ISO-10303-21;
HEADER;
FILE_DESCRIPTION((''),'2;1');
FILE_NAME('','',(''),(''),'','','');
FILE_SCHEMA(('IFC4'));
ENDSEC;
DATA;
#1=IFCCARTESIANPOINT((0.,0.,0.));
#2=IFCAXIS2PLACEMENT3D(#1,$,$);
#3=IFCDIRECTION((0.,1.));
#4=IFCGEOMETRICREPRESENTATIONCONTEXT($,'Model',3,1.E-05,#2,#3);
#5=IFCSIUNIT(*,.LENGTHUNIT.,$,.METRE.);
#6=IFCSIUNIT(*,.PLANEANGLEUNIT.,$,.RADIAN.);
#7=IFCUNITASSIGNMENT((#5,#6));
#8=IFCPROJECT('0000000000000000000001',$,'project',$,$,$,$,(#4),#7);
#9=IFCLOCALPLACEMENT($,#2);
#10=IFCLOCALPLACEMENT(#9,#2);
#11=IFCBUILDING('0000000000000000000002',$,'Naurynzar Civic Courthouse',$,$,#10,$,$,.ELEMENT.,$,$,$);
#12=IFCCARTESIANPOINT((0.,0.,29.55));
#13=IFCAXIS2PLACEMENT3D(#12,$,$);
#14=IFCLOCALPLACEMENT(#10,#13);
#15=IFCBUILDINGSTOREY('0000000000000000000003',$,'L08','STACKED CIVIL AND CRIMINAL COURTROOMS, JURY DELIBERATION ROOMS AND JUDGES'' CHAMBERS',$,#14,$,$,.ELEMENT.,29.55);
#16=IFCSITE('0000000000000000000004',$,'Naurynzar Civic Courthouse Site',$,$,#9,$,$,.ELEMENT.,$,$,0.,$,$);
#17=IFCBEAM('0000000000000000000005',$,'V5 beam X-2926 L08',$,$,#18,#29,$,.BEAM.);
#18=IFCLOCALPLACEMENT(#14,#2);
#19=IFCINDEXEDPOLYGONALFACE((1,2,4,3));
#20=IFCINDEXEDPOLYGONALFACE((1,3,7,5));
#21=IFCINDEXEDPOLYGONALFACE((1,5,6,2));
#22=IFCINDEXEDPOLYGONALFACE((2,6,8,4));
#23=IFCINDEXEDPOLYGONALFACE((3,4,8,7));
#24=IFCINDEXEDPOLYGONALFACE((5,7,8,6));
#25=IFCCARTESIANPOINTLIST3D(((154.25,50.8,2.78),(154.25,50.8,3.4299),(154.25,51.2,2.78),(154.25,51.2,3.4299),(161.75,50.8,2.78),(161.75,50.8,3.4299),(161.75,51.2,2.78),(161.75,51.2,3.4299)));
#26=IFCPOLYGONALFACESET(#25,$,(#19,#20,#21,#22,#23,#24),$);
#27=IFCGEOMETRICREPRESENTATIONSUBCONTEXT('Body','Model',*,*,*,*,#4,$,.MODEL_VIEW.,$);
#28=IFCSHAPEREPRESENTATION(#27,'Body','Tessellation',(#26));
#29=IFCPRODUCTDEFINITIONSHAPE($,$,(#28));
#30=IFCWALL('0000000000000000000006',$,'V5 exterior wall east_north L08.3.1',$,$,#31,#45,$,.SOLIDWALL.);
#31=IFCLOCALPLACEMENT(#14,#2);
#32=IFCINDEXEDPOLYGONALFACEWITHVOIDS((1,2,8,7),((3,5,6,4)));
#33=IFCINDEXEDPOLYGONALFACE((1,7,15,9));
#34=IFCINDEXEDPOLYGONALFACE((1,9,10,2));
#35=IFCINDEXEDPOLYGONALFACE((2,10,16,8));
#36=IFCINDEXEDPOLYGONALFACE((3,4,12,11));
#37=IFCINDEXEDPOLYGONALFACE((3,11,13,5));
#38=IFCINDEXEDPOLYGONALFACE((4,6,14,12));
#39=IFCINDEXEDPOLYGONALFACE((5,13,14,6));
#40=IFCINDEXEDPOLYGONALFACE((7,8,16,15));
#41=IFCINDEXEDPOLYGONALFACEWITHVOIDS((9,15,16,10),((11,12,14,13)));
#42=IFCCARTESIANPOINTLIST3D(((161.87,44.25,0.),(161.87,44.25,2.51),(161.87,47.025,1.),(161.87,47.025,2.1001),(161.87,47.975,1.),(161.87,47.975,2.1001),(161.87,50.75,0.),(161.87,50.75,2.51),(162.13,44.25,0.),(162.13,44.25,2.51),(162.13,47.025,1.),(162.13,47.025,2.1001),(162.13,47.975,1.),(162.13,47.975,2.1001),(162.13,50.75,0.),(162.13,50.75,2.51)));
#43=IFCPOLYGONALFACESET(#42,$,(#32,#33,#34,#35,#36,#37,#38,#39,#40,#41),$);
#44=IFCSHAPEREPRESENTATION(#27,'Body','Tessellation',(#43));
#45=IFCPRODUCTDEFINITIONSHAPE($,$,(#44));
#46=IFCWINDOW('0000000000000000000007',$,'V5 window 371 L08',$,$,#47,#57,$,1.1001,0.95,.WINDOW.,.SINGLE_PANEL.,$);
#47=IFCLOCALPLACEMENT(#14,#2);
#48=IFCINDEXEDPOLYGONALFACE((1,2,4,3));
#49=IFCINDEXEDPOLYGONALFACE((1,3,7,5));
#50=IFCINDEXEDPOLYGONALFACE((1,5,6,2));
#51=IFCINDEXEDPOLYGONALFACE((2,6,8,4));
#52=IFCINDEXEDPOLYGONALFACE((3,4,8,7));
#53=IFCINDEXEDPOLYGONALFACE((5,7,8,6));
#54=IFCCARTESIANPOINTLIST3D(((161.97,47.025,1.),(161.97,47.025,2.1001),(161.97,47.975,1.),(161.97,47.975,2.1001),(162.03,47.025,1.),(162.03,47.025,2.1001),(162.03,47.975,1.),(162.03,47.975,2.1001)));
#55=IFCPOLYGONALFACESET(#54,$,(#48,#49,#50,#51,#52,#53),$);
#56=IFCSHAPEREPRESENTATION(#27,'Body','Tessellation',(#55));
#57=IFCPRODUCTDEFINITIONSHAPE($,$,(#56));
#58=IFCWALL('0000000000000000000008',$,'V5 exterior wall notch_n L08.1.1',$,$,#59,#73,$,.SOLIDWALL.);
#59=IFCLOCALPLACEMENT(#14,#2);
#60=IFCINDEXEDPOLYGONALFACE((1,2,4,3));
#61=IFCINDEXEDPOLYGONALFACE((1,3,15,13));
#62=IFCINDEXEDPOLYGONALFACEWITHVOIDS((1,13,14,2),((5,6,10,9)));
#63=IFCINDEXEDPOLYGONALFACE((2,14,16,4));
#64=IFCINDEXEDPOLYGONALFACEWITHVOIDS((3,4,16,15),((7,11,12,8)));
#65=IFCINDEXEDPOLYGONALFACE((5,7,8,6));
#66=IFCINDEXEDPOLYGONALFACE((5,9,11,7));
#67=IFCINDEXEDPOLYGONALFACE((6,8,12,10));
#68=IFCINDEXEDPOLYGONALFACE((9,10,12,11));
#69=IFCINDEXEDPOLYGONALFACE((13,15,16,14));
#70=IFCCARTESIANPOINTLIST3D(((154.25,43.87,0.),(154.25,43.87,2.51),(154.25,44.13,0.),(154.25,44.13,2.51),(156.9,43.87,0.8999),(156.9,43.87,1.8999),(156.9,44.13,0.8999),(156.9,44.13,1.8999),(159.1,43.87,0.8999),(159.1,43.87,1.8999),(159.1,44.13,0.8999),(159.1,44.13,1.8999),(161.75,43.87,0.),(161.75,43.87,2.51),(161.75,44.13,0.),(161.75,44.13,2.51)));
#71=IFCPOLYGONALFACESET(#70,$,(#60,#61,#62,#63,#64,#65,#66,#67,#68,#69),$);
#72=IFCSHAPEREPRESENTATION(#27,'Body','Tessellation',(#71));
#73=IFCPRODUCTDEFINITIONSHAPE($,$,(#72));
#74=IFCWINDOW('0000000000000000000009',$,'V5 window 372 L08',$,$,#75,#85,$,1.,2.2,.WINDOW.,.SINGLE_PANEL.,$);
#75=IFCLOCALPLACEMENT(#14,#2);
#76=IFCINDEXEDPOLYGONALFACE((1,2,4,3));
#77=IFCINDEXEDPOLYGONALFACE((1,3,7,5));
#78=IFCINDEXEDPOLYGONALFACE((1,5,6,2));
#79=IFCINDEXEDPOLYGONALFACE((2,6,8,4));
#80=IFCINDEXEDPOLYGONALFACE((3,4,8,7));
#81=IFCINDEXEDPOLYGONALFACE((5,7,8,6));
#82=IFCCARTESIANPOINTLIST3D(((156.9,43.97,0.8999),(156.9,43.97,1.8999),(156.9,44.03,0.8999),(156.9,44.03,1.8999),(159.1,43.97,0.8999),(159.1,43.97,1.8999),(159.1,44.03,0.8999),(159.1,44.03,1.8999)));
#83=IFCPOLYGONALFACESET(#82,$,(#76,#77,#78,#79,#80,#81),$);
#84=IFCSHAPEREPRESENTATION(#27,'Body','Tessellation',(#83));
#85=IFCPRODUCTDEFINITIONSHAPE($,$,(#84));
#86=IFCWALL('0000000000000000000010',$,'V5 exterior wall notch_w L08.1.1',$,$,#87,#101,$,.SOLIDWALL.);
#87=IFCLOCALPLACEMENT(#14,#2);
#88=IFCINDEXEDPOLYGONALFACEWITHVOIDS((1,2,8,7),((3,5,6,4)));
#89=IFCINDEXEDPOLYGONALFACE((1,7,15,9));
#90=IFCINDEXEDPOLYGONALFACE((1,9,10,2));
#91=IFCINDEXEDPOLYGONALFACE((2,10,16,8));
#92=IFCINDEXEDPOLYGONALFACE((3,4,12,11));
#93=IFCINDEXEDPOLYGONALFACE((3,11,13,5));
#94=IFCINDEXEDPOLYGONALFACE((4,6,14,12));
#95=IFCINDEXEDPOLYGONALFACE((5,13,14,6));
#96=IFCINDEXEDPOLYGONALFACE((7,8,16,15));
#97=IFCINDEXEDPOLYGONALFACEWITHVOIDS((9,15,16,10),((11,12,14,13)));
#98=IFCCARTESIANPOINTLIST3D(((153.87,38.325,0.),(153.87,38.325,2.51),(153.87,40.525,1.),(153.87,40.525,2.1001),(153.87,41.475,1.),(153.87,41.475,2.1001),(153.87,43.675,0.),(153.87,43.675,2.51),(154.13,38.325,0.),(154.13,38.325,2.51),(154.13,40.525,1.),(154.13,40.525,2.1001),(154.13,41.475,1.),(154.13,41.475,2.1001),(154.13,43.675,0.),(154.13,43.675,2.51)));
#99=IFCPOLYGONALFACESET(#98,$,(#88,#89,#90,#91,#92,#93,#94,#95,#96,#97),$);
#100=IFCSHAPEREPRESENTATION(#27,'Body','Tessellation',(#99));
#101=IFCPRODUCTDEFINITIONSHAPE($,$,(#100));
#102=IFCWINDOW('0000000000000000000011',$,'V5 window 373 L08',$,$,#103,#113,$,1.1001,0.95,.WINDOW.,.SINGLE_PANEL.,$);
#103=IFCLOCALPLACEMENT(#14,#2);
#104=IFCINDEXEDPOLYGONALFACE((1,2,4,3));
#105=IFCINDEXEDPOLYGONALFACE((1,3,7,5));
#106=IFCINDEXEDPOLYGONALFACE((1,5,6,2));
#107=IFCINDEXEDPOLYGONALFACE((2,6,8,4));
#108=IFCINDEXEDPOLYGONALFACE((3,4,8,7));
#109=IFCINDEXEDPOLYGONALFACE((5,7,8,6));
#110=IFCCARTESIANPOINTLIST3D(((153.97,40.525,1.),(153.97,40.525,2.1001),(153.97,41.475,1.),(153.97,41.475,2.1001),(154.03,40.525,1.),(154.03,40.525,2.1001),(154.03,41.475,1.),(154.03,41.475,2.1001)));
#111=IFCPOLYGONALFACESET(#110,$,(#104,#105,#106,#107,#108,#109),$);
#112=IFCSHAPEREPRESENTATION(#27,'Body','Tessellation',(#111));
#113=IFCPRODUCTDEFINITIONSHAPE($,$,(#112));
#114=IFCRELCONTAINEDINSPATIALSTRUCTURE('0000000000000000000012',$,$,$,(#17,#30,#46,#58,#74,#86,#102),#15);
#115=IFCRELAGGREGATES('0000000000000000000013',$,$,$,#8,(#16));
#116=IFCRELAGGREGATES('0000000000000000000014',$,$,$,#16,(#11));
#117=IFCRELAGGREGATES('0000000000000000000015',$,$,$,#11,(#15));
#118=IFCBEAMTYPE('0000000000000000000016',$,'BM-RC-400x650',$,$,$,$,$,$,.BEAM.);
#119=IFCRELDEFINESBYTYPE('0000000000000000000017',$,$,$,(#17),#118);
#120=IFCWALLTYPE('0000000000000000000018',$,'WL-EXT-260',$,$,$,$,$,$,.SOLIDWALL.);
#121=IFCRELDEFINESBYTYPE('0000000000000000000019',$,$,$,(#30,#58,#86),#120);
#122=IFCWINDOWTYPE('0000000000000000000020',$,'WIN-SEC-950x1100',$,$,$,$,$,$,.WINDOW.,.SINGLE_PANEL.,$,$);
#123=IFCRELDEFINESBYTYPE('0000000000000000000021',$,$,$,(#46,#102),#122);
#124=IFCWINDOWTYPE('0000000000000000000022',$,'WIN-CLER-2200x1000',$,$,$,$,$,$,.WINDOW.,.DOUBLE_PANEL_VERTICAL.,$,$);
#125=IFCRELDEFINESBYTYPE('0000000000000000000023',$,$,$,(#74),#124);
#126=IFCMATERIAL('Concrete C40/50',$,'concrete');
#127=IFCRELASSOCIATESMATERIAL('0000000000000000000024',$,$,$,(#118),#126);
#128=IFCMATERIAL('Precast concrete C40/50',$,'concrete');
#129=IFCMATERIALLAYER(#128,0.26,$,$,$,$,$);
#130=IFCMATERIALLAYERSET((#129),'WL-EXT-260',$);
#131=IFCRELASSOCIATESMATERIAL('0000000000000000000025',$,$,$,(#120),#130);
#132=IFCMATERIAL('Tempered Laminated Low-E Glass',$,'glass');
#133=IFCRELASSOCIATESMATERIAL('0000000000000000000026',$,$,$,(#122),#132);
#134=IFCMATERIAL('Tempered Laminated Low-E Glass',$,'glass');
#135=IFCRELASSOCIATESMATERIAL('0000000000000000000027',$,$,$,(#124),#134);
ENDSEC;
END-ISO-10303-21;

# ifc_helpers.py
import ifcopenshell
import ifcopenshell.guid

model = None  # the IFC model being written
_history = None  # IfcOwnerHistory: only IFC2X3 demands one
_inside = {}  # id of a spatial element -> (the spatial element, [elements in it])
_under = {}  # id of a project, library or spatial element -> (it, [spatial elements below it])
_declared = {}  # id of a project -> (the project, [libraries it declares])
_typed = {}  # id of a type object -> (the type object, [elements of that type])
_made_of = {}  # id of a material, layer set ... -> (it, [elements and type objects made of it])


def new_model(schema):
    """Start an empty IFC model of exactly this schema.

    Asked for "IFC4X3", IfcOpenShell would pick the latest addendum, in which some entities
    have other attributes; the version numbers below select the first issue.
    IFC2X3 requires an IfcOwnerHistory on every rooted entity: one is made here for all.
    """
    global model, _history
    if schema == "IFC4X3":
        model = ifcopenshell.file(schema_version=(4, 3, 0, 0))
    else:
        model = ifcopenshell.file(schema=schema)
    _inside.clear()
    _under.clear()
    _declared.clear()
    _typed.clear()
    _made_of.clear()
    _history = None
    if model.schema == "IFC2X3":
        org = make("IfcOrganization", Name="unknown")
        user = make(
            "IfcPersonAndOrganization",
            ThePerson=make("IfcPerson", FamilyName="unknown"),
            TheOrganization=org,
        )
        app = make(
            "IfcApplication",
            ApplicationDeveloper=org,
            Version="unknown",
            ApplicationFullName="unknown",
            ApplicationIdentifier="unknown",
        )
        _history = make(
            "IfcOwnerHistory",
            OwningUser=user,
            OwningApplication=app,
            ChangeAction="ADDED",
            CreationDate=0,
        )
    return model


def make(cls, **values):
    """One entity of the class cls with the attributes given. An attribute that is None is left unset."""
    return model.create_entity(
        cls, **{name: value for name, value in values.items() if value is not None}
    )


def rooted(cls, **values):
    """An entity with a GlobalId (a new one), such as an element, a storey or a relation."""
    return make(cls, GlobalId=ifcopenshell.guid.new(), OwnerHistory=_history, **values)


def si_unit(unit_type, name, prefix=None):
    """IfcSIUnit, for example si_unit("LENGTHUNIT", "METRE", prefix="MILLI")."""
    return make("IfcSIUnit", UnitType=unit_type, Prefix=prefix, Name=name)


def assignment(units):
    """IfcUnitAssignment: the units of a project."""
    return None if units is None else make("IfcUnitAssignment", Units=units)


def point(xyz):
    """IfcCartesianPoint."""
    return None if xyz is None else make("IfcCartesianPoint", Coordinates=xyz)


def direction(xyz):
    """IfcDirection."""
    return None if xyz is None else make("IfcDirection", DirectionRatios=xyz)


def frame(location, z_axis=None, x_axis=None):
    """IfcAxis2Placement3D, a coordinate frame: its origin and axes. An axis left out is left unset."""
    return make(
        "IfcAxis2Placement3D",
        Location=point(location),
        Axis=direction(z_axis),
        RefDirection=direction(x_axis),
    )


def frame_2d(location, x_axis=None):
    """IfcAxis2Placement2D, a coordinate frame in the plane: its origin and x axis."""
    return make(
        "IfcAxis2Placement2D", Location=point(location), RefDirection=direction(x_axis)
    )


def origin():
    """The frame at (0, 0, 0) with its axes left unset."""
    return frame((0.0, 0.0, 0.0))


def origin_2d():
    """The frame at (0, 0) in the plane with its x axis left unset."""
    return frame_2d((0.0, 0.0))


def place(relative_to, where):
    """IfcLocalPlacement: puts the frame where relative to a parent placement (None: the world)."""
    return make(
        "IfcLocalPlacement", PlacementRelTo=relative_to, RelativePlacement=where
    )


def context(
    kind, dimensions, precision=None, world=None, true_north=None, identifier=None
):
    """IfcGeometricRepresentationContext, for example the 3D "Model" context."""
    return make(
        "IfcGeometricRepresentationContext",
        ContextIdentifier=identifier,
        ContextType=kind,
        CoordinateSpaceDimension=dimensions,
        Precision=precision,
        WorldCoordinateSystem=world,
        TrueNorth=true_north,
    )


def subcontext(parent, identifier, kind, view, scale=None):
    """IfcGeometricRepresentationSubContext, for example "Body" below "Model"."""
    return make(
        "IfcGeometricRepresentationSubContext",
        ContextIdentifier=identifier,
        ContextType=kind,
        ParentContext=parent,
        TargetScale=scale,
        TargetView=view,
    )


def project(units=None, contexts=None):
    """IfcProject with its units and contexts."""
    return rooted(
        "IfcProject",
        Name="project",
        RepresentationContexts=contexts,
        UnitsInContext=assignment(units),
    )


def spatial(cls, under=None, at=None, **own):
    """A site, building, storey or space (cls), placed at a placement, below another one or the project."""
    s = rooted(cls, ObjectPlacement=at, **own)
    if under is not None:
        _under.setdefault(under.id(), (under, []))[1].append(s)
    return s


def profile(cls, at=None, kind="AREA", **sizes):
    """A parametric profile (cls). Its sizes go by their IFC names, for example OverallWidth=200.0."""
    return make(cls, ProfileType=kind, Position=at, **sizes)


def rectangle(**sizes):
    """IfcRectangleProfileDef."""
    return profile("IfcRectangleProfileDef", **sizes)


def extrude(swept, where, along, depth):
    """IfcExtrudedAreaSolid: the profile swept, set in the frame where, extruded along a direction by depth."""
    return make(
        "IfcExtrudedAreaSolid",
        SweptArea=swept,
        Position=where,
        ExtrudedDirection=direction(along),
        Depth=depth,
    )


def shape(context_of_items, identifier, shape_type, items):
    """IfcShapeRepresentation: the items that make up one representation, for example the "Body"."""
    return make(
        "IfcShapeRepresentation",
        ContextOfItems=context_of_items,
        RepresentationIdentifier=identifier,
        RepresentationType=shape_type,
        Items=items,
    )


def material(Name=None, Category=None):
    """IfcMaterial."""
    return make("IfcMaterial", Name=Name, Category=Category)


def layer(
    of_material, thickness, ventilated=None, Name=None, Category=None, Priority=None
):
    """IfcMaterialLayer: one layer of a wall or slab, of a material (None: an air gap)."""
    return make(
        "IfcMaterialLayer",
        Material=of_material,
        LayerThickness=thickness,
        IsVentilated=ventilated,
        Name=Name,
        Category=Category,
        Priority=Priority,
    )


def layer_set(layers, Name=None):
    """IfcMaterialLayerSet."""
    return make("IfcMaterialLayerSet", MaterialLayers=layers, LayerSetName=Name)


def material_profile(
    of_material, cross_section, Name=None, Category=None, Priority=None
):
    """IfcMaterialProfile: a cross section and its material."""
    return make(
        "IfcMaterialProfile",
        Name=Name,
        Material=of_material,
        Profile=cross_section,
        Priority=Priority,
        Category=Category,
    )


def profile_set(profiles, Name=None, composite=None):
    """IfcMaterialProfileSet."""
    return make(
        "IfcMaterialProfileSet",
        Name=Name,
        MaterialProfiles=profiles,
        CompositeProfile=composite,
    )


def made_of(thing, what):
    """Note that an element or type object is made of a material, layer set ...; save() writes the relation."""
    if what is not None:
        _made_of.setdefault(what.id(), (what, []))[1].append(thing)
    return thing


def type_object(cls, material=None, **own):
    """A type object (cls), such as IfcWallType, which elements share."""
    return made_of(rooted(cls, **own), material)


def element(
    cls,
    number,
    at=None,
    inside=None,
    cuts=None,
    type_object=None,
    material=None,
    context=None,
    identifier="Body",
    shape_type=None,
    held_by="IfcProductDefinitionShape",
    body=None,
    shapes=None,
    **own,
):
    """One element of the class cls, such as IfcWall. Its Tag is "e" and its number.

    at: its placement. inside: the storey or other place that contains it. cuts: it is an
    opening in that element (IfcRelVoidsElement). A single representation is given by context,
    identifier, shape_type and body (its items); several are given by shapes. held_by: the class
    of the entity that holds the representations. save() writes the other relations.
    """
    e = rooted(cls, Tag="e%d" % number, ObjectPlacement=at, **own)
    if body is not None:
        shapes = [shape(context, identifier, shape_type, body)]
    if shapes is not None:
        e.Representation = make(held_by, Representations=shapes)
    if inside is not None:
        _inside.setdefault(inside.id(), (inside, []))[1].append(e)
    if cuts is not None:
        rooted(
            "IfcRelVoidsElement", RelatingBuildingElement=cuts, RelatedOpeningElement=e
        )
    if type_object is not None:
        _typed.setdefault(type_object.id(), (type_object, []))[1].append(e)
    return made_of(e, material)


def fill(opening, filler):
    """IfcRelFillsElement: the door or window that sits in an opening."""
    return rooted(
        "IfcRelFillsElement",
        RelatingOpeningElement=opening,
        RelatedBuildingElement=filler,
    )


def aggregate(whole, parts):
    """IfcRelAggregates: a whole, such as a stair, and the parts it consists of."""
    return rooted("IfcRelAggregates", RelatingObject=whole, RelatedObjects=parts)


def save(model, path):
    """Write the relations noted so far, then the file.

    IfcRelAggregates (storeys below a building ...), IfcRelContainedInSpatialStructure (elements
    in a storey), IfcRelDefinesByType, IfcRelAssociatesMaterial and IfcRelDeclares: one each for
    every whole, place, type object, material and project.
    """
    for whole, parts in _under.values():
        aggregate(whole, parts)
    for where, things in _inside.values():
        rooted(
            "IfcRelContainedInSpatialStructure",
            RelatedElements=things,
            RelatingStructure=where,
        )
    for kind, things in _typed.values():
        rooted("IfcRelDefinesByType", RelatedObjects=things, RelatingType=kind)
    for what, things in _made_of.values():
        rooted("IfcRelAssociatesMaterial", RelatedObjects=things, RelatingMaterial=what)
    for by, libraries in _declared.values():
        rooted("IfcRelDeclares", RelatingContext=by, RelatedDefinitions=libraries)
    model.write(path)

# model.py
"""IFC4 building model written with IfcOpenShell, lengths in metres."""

from ifc_helpers import new_model, si_unit, direction, frame, frame_2d, origin, origin_2d, place, context, subcontext, project, spatial, rectangle, extrude, material, layer, layer_set, material_profile, profile_set, type_object, element, fill, save


model = new_model("IFC4")

# Units and contexts
model_context = context("Model", 3, precision=1e-05, world=origin(), true_north=direction((0.0, 1.0)))
body_context = subcontext(model_context, "Body", "Model", "MODEL_VIEW")
ifc_project = project(units=[si_unit("LENGTHUNIT", "METRE"), si_unit("PLANEANGLEUNIT", "RADIAN")], contexts=[model_context])

# Site, building, storey
site_placement = place(None, origin())
site = spatial("IfcSite", under=ifc_project, at=site_placement, Name="Naurynzar Civic Courthouse Site", CompositionType="ELEMENT", RefElevation=0.0)
building_placement = place(site_placement, origin())
building = spatial("IfcBuilding", under=site, at=building_placement, Name="Naurynzar Civic Courthouse", CompositionType="ELEMENT")
storey_placement = place(building_placement, frame((0.0, 0.0, 29.55)))
storey = spatial("IfcBuildingStorey", under=building, at=storey_placement, Name="L08", Description="STACKED CIVIL AND CRIMINAL COURTROOMS, JURY DELIBERATION ROOMS AND JUDGES' CHAMBERS", CompositionType="ELEMENT", Elevation=29.55)

# Beam
ifc_material_1 = material(Name="Concrete C40/50", Category="concrete")
ifc_material_profile_1 = material_profile(ifc_material_1, rectangle(XDim=0.3999, YDim=0.6499, at=origin_2d()), Name="RCB 400x650")
ifc_profile_set_1 = profile_set([ifc_material_profile_1], Name="Concrete C40/50")
beam_type_1 = type_object("IfcBeamType", Name="BM-RC-400x650", PredefinedType="BEAM", material=ifc_profile_set_1)
for number, where, z_axis, x_axis, name in (
    (1, (154.25, 51.0, 3.105), (1.0, 0.0, 0.0), (0.0, 1.0, 0.0), "V5 beam X-2926 L08"),
):
    element("IfcBeam", number, at=place(storey_placement, frame(where, z_axis=z_axis, x_axis=x_axis)), inside=storey, type_object=beam_type_1, Name=name, PredefinedType="BEAM", context=body_context, shape_type="SweptSolid", body=[
        extrude(rectangle(XDim=0.3999, YDim=0.6499, at=origin_2d()), origin(), (0.0, 0.0, 1.0), 7.5),
    ])

# Walls, openings, windows
ifc_material_2 = material(Name="Precast concrete C40/50", Category="concrete")
ifc_layer = layer(ifc_material_2, 0.26)
ifc_layer_set = layer_set([ifc_layer], Name="WL-EXT-260")
wall_type = type_object("IfcWallType", Name="WL-EXT-260", PredefinedType="SOLIDWALL", material=ifc_layer_set)
wall_1_placement = place(storey_placement, frame((162.0, 50.75, 0.0), z_axis=(0.0, 0.0, 1.0), x_axis=(0.0, -1.0, 0.0)))
wall_1 = element("IfcWall", 2, at=wall_1_placement, inside=storey, type_object=wall_type, Name="V5 exterior wall east_north L08.3.1", PredefinedType="SOLIDWALL", context=body_context, shape_type="SweptSolid", body=[
    extrude(rectangle(XDim=6.5, YDim=0.26, at=frame_2d((3.25, 0.0))), origin(), (0.0, 0.0, 1.0), 2.51),
])
opening_1_placement = place(wall_1_placement, frame((2.7749, 0.0, 1.0)))
opening_1 = element("IfcOpeningElement", 3, at=opening_1_placement, cuts=wall_1, PredefinedType="OPENING", context=body_context, shape_type="SweptSolid", body=[
    extrude(rectangle(XDim=0.95, YDim=1.1001, at=frame_2d((0.4751, 0.55))), frame((0.0, 0.1399, 0.0), z_axis=(0.0, -1.0, 0.0), x_axis=(1.0, 0.0, 0.0)), (0.0, 0.0, 1.0), 0.28),
])
ifc_material_3 = material(Name="Tempered Laminated Low-E Glass", Category="glass")
window_type_1 = type_object("IfcWindowType", Name="WIN-SEC-950x1100", PartitioningType="SINGLE_PANEL", PredefinedType="WINDOW", material=ifc_material_3)
window_1_placement = place(opening_1_placement, origin())
window_1 = element("IfcWindow", 4, at=window_1_placement, inside=storey, type_object=window_type_1, Name="V5 window 371 L08", OverallHeight=1.1001, OverallWidth=0.95, PartitioningType="SINGLE_PANEL", PredefinedType="WINDOW", context=body_context, shape_type="SweptSolid", body=[
    extrude(rectangle(XDim=0.95, YDim=1.1001, at=frame_2d((0.4751, 0.55))), frame((0.0, 0.03, 0.0), z_axis=(0.0, -1.0, 0.0), x_axis=(1.0, 0.0, 0.0)), (0.0, 0.0, 1.0), 0.0601),
])
fill(opening_1, window_1)
wall_2_placement = place(storey_placement, frame((161.75, 44.0, 0.0), z_axis=(0.0, 0.0, 1.0), x_axis=(-1.0, 0.0, 0.0)))
wall_2 = element("IfcWall", 5, at=wall_2_placement, inside=storey, type_object=wall_type, Name="V5 exterior wall notch_n L08.1.1", PredefinedType="SOLIDWALL", context=body_context, shape_type="SweptSolid", body=[
    extrude(rectangle(XDim=7.5, YDim=0.26, at=frame_2d((3.75, 0.0))), origin(), (0.0, 0.0, 1.0), 2.51),
])
opening_2_placement = place(wall_2_placement, frame((2.6499, 0.0, 0.8999)))
opening_2 = element("IfcOpeningElement", 6, at=opening_2_placement, cuts=wall_2, PredefinedType="OPENING", context=body_context, shape_type="SweptSolid", body=[
    extrude(rectangle(XDim=2.2, YDim=1.0, at=frame_2d((1.1001, 0.5))), frame((0.0, 0.1399, 0.0), z_axis=(0.0, -1.0, 0.0), x_axis=(1.0, 0.0, 0.0)), (0.0, 0.0, 1.0), 0.28),
])
ifc_material_4 = material(Name="Tempered Laminated Low-E Glass", Category="glass")
window_type_2 = type_object("IfcWindowType", Name="WIN-CLER-2200x1000", PartitioningType="DOUBLE_PANEL_VERTICAL", PredefinedType="WINDOW", material=ifc_material_4)
window_2_placement = place(opening_2_placement, origin())
window_2 = element("IfcWindow", 7, at=window_2_placement, inside=storey, type_object=window_type_2, Name="V5 window 372 L08", OverallHeight=1.0, OverallWidth=2.2, PartitioningType="SINGLE_PANEL", PredefinedType="WINDOW", context=body_context, shape_type="SweptSolid", body=[
    extrude(rectangle(XDim=2.2, YDim=1.0, at=frame_2d((1.1001, 0.5))), frame((0.0, 0.03, 0.0), z_axis=(0.0, -1.0, 0.0), x_axis=(1.0, 0.0, 0.0)), (0.0, 0.0, 1.0), 0.0601),
])
fill(opening_2, window_2)
wall_3_placement = place(storey_placement, frame((154.0, 43.675, 0.0), z_axis=(0.0, 0.0, 1.0), x_axis=(0.0, -1.0, 0.0)))
wall_3 = element("IfcWall", 8, at=wall_3_placement, inside=storey, type_object=wall_type, Name="V5 exterior wall notch_w L08.1.1", PredefinedType="SOLIDWALL", context=body_context, shape_type="SweptSolid", body=[
    extrude(rectangle(XDim=5.3501, YDim=0.26, at=frame_2d((2.675, 0.0))), origin(), (0.0, 0.0, 1.0), 2.51),
])
opening_3_placement = place(wall_3_placement, frame((2.2, 0.0, 1.0)))
opening_3 = element("IfcOpeningElement", 9, at=opening_3_placement, cuts=wall_3, PredefinedType="OPENING", context=body_context, shape_type="SweptSolid", body=[
    extrude(rectangle(XDim=0.95, YDim=1.1001, at=frame_2d((0.4751, 0.55))), frame((0.0, 0.1399, 0.0), z_axis=(0.0, -1.0, 0.0), x_axis=(1.0, 0.0, 0.0)), (0.0, 0.0, 1.0), 0.28),
])
window_3_placement = place(opening_3_placement, origin())
window_3 = element("IfcWindow", 10, at=window_3_placement, inside=storey, type_object=window_type_1, Name="V5 window 373 L08", OverallHeight=1.1001, OverallWidth=0.95, PartitioningType="SINGLE_PANEL", PredefinedType="WINDOW", context=body_context, shape_type="SweptSolid", body=[
    extrude(rectangle(XDim=0.95, YDim=1.1001, at=frame_2d((0.4751, 0.55))), frame((0.0, 0.03, 0.0), z_axis=(0.0, -1.0, 0.0), x_axis=(1.0, 0.0, 0.0)), (0.0, 0.0, 1.0), 0.0601),
])
fill(opening_3, window_3)

save(model, "model.ifc")
